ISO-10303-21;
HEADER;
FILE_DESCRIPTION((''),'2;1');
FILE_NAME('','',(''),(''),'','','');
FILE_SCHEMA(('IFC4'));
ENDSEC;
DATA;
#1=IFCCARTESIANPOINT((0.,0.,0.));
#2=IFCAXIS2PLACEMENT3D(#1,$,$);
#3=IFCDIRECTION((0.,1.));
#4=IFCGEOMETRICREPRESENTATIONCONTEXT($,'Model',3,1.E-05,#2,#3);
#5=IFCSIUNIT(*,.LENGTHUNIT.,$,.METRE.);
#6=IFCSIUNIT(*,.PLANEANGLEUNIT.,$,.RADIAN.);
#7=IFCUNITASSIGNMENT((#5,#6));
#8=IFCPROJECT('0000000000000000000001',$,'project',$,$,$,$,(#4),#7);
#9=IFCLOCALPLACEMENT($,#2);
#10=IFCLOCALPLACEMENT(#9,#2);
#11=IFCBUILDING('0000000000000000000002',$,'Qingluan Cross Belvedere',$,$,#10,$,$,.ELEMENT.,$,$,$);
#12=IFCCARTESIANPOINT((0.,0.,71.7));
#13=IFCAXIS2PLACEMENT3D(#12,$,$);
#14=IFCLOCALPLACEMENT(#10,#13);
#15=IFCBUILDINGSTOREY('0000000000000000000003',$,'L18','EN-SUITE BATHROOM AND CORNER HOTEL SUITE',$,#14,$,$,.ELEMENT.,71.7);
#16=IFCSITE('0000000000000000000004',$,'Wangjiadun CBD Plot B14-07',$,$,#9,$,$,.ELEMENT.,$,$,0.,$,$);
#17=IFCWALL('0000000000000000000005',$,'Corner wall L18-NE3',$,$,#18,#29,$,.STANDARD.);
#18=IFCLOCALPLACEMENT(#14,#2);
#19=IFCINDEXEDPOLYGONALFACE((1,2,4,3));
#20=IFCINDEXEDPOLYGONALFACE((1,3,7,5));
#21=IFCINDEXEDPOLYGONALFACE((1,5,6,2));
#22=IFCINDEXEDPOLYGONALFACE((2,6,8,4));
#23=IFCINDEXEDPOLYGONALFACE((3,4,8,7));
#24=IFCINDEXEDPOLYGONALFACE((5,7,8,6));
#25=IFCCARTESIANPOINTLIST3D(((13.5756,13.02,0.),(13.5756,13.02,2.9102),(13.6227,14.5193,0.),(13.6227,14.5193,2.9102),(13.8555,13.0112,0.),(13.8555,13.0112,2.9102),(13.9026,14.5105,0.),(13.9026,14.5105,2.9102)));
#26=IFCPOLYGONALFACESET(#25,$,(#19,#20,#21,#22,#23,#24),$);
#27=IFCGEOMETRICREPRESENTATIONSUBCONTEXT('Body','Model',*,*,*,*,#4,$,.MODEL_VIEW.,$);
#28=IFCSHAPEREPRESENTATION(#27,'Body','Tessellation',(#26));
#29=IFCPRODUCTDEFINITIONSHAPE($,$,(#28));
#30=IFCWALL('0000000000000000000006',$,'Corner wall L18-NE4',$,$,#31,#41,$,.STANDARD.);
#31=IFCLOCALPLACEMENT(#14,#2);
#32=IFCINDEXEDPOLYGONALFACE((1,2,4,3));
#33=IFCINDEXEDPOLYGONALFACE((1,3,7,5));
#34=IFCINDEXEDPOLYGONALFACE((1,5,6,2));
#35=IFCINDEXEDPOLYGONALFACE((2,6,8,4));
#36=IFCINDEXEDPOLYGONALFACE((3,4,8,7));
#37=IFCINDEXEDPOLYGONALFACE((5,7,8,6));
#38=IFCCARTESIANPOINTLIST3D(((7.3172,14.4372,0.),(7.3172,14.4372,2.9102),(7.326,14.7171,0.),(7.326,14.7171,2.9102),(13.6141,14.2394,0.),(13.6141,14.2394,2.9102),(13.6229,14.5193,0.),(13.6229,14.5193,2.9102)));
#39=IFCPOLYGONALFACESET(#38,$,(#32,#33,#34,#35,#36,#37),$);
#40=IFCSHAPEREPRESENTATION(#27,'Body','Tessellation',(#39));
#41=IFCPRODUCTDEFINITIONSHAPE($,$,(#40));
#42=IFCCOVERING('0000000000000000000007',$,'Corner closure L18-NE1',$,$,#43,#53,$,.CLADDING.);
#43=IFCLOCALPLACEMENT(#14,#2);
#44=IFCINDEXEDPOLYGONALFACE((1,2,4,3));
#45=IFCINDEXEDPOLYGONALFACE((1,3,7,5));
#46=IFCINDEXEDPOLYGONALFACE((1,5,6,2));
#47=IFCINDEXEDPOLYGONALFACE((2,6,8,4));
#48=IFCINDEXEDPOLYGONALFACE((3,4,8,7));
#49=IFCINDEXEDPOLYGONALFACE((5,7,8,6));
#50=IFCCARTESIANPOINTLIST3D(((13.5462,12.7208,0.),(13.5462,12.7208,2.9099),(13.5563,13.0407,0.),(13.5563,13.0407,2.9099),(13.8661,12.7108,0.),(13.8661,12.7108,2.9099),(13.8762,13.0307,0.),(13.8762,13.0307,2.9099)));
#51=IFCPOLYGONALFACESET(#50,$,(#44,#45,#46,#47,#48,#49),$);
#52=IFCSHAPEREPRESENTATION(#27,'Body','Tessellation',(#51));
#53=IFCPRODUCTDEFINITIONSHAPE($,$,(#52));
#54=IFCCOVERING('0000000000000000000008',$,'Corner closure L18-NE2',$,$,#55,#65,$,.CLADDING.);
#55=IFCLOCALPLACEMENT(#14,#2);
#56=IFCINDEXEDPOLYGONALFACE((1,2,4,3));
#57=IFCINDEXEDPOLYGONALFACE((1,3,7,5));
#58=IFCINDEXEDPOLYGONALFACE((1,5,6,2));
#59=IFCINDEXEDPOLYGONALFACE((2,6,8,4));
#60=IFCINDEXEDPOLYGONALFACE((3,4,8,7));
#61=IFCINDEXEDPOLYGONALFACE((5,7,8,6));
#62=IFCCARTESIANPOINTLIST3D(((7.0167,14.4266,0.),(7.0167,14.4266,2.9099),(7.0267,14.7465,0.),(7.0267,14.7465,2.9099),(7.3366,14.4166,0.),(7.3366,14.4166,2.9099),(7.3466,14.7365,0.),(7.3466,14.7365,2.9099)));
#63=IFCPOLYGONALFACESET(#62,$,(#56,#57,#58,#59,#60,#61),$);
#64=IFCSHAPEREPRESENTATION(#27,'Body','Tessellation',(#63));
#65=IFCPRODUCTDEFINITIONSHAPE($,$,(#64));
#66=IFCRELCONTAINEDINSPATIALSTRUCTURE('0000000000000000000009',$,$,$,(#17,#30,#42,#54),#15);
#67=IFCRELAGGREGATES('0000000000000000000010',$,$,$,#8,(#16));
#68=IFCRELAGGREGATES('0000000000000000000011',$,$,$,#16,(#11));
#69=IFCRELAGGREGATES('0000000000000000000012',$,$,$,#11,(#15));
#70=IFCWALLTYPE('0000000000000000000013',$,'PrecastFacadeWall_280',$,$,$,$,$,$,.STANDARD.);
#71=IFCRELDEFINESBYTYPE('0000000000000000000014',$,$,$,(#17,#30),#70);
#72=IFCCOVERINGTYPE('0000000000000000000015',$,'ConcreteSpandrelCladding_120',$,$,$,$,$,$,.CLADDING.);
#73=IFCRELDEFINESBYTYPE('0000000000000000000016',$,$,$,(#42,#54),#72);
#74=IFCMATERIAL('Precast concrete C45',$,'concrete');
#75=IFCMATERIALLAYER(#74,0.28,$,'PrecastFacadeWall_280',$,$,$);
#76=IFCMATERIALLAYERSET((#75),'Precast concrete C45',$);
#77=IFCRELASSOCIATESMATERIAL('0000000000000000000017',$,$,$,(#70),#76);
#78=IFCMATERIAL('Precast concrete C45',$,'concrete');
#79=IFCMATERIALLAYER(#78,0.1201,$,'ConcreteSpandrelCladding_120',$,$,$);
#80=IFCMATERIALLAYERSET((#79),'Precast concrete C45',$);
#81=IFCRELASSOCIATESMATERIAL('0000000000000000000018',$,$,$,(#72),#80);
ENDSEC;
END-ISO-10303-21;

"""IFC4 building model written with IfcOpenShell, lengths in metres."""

from ifc_helpers import new_model, si_unit, direction, frame, frame_2d, origin, origin_2d, place, context, subcontext, project, spatial, rectangle, extrude, material, layer, layer_set, type_object, element, save


model = new_model("IFC4")

# Units and contexts
model_context = context("Model", 3, precision=1e-05, world=origin(), true_north=direction((0.0, 1.0)))
body_context = subcontext(model_context, "Body", "Model", "MODEL_VIEW")
ifc_project = project(units=[si_unit("LENGTHUNIT", "METRE"), si_unit("PLANEANGLEUNIT", "RADIAN")], contexts=[model_context])

# Site, building, storey
site_placement = place(None, origin())
site = spatial("IfcSite", under=ifc_project, at=site_placement, Name="Wangjiadun CBD Plot B14-07", CompositionType="ELEMENT", RefElevation=0.0)
building_placement = place(site_placement, origin())
building = spatial("IfcBuilding", under=site, at=building_placement, Name="Qingluan Cross Belvedere", CompositionType="ELEMENT")
storey_placement = place(building_placement, frame((0.0, 0.0, 71.7)))
storey = spatial("IfcBuildingStorey", under=building, at=storey_placement, Name="L18", Description="EN-SUITE BATHROOM AND CORNER HOTEL SUITE", CompositionType="ELEMENT", Elevation=71.7)

# Walls
ifc_material_1 = material(Name="Precast concrete C45", Category="concrete")
ifc_layer_1 = layer(ifc_material_1, 0.28, Name="PrecastFacadeWall_280")
ifc_layer_set_1 = layer_set([ifc_layer_1], Name="Precast concrete C45")
wall_type_1 = type_object("IfcWallType", Name="PrecastFacadeWall_280", PredefinedType="STANDARD", material=ifc_layer_set_1)
wall_1_placement = place(storey_placement, frame((13.7156, 13.0156, 0.0), z_axis=(0.0, 0.0, 1.0), x_axis=(0.031413, 0.999507, 0.0)))
element("IfcWall", 1, at=wall_1_placement, inside=storey, type_object=wall_type_1, Name="Corner wall L18-NE3", PredefinedType="STANDARD", context=body_context, shape_type="SweptSolid", body=[
    extrude(rectangle(XDim=1.5, YDim=0.28, at=frame_2d((0.75, 0.0))), origin(), (0.0, 0.0, 1.0), 2.9102),
])
wall_2_placement = place(storey_placement, frame((13.6184, 14.3794, 0.0), z_axis=(0.0, 0.0, 1.0), x_axis=(-0.999507, 0.03139, 0.0)))
element("IfcWall", 2, at=wall_2_placement, inside=storey, type_object=wall_type_1, Name="Corner wall L18-NE4", PredefinedType="STANDARD", context=body_context, shape_type="SweptSolid", body=[
    extrude(rectangle(XDim=6.3, YDim=0.28, at=frame_2d((3.1499, 0.0))), origin(), (0.0, 0.0, 1.0), 2.9102),
])

# Coverings
ifc_material_2 = material(Name="Precast concrete C45", Category="concrete")
ifc_layer_2 = layer(ifc_material_2, 0.1201, Name="ConcreteSpandrelCladding_120")
ifc_layer_set_2 = layer_set([ifc_layer_2], Name="Precast concrete C45")
covering_type = type_object("IfcCoveringType", Name="ConcreteSpandrelCladding_120", PredefinedType="CLADDING", material=ifc_layer_set_2)
for number, where, z_axis, x_axis, name in (
    (3, (13.7112, 12.8757, 0.0), (0.0, 0.0, 1.0), (0.999507, -0.031411, 0.0), "Corner closure L18-NE1"),
    (4, (7.1816, 14.5815, 0.0), (0.0, 0.0, 1.0), (0.999507, -0.031411, 0.0), "Corner closure L18-NE2"),
):
    element("IfcCovering", number, at=place(storey_placement, frame(where, z_axis=z_axis, x_axis=x_axis)), inside=storey, type_object=covering_type, Name=name, PredefinedType="CLADDING", context=body_context, shape_type="SweptSolid", body=[
        extrude(rectangle(XDim=0.3201, YDim=0.3201, at=origin_2d()), origin(), (0.0, 0.0, 1.0), 2.9099),
    ])

save(model, "model.ifc")
